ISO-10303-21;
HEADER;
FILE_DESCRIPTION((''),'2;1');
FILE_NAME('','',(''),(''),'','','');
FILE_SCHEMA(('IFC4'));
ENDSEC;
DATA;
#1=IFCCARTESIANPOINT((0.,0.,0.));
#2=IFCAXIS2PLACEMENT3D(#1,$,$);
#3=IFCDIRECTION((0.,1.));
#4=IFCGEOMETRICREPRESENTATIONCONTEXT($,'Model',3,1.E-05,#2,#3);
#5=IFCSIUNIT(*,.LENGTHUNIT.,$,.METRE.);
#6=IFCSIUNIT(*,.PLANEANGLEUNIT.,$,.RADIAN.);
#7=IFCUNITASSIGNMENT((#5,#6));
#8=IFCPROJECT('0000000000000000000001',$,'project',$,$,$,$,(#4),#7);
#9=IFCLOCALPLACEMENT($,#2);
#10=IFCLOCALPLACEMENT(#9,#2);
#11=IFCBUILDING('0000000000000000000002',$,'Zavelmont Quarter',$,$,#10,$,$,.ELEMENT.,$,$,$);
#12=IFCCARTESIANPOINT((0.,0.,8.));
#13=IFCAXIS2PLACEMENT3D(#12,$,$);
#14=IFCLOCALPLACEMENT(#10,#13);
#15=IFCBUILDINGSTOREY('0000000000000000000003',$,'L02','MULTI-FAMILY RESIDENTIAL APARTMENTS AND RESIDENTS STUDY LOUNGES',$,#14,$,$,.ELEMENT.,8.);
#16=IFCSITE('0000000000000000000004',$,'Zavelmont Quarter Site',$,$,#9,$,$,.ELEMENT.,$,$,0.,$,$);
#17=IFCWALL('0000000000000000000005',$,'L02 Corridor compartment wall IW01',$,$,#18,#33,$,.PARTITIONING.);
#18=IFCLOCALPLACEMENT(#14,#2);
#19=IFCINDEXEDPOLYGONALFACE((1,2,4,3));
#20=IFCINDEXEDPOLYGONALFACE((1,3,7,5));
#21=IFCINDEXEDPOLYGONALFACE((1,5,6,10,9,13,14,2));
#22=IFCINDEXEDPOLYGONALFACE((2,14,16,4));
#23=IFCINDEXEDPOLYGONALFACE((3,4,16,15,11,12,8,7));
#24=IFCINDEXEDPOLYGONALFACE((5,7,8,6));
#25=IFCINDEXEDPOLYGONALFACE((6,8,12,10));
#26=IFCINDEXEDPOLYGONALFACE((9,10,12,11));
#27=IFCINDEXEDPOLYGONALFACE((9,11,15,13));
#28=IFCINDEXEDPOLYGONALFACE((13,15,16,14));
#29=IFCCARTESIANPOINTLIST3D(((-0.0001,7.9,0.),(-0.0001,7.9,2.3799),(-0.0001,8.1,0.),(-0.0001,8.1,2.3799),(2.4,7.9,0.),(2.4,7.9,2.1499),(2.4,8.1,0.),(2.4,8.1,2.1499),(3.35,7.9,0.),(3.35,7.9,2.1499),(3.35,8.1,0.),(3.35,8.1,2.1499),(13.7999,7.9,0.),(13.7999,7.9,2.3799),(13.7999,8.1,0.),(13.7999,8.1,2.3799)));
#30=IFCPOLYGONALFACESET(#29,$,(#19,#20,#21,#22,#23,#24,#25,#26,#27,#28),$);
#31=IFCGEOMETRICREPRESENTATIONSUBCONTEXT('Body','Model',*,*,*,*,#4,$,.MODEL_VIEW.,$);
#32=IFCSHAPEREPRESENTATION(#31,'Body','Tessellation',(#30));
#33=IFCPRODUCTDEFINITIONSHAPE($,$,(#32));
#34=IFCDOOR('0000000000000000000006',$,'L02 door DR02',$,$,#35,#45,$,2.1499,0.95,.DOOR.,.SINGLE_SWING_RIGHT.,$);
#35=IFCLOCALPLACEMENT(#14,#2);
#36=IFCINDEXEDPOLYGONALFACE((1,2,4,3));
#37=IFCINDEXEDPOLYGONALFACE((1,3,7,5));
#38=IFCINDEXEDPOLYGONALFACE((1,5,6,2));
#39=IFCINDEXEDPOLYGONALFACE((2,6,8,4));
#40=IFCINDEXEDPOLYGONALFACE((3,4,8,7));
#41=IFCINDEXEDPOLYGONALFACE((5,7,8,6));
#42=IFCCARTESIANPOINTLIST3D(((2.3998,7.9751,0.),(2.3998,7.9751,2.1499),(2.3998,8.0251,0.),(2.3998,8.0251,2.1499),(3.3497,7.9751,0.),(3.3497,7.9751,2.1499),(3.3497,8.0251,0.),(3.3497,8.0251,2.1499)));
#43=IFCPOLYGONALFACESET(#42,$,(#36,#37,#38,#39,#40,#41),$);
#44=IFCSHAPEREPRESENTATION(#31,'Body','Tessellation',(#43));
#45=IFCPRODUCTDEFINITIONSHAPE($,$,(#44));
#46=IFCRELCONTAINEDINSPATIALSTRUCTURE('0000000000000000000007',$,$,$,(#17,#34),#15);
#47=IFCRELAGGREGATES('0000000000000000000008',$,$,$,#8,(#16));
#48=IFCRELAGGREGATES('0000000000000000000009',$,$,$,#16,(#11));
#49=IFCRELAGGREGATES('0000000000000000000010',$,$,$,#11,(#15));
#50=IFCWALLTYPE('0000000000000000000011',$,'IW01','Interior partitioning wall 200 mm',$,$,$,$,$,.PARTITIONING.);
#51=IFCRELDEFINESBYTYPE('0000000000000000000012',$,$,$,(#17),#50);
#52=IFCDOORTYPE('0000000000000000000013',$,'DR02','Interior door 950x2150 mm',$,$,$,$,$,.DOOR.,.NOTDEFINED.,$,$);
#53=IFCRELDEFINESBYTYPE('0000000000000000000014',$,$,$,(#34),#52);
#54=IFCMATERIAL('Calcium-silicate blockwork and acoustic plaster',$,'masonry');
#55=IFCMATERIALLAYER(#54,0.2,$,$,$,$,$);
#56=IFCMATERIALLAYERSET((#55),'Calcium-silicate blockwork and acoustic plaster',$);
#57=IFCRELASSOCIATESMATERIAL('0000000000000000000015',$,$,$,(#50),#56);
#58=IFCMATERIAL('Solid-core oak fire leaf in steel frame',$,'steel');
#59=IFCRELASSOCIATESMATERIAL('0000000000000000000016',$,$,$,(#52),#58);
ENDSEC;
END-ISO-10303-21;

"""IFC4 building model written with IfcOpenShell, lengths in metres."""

from ifc_helpers import new_model, si_unit, direction, frame, frame_2d, origin, place, context, subcontext, project, spatial, rectangle, extrude, material, layer, layer_set, type_object, element, fill, save


model = new_model("IFC4")

# Units and contexts
model_context = context("Model", 3, precision=1e-05, world=origin(), true_north=direction((0.0, 1.0)))
body_context = subcontext(model_context, "Body", "Model", "MODEL_VIEW")
ifc_project = project(units=[si_unit("LENGTHUNIT", "METRE"), si_unit("PLANEANGLEUNIT", "RADIAN")], contexts=[model_context])

# Site, building, storey
site_placement = place(None, origin())
site = spatial("IfcSite", under=ifc_project, at=site_placement, Name="Zavelmont Quarter Site", CompositionType="ELEMENT", RefElevation=0.0)
building_placement = place(site_placement, origin())
building = spatial("IfcBuilding", under=site, at=building_placement, Name="Zavelmont Quarter", CompositionType="ELEMENT")
storey_placement = place(building_placement, frame((0.0, 0.0, 8.0)))
storey = spatial("IfcBuildingStorey", under=building, at=storey_placement, Name="L02", Description="MULTI-FAMILY RESIDENTIAL APARTMENTS AND RESIDENTS STUDY LOUNGES", CompositionType="ELEMENT", Elevation=8.0)

# Wall, opening, door
ifc_material_1 = material(Name="Calcium-silicate blockwork and acoustic plaster", Category="masonry")
ifc_layer = layer(ifc_material_1, 0.2)
ifc_layer_set = layer_set([ifc_layer], Name="Calcium-silicate blockwork and acoustic plaster")
wall_type = type_object("IfcWallType", Name="IW01", Description="Interior partitioning wall 200 mm", PredefinedType="PARTITIONING", material=ifc_layer_set)
wall_1_placement = place(storey_placement, frame((0.0, 8.0, 0.0), z_axis=(0.0, 0.0, 1.0), x_axis=(1.0, 0.0, 0.0)))
wall_1 = element("IfcWall", 1, at=wall_1_placement, inside=storey, type_object=wall_type, Name="L02 Corridor compartment wall IW01", PredefinedType="PARTITIONING", context=body_context, shape_type="SweptSolid", body=[
    extrude(rectangle(XDim=13.8, YDim=0.2, at=frame_2d((6.8999, 0.0))), origin(), (0.0, 0.0, 1.0), 2.3799),
])
opening_1_placement = place(wall_1_placement, frame((2.3999, 0.0, 0.0)))
opening_1 = element("IfcOpeningElement", 2, at=opening_1_placement, cuts=wall_1, PredefinedType="OPENING", context=body_context, shape_type="SweptSolid", body=[
    extrude(rectangle(XDim=0.95, YDim=2.1499, at=frame_2d((0.4751, 1.075))), frame((0.0, 0.1118, 0.0), z_axis=(0.0, -1.0, 0.0), x_axis=(1.0, 0.0, 0.0)), (0.0, 0.0, 1.0), 0.2239),
])
ifc_material_2 = material(Name="Solid-core oak fire leaf in steel frame", Category="steel")
door_type = type_object("IfcDoorType", Name="DR02", Description="Interior door 950x2150 mm", OperationType="NOTDEFINED", PredefinedType="DOOR", material=ifc_material_2)
door_1_placement = place(opening_1_placement, frame((0.95, 0.0, 0.0), z_axis=(0.0, 0.0, 1.0), x_axis=(-1.0, 0.0, 0.0)))
door_1 = element("IfcDoor", 3, at=door_1_placement, inside=storey, type_object=door_type, Name="L02 door DR02", OperationType="SINGLE_SWING_RIGHT", OverallHeight=2.1499, OverallWidth=0.95, PredefinedType="DOOR", context=body_context, shape_type="SweptSolid", body=[
    extrude(rectangle(XDim=0.95, YDim=2.1499, at=frame_2d((0.4751, 1.075))), frame((0.0, 0.0249, 0.0), z_axis=(0.0, -1.0, 0.0), x_axis=(1.0, 0.0, 0.0)), (0.0, 0.0, 1.0), 0.05),
])
fill(opening_1, door_1)

save(model, "model.ifc")
